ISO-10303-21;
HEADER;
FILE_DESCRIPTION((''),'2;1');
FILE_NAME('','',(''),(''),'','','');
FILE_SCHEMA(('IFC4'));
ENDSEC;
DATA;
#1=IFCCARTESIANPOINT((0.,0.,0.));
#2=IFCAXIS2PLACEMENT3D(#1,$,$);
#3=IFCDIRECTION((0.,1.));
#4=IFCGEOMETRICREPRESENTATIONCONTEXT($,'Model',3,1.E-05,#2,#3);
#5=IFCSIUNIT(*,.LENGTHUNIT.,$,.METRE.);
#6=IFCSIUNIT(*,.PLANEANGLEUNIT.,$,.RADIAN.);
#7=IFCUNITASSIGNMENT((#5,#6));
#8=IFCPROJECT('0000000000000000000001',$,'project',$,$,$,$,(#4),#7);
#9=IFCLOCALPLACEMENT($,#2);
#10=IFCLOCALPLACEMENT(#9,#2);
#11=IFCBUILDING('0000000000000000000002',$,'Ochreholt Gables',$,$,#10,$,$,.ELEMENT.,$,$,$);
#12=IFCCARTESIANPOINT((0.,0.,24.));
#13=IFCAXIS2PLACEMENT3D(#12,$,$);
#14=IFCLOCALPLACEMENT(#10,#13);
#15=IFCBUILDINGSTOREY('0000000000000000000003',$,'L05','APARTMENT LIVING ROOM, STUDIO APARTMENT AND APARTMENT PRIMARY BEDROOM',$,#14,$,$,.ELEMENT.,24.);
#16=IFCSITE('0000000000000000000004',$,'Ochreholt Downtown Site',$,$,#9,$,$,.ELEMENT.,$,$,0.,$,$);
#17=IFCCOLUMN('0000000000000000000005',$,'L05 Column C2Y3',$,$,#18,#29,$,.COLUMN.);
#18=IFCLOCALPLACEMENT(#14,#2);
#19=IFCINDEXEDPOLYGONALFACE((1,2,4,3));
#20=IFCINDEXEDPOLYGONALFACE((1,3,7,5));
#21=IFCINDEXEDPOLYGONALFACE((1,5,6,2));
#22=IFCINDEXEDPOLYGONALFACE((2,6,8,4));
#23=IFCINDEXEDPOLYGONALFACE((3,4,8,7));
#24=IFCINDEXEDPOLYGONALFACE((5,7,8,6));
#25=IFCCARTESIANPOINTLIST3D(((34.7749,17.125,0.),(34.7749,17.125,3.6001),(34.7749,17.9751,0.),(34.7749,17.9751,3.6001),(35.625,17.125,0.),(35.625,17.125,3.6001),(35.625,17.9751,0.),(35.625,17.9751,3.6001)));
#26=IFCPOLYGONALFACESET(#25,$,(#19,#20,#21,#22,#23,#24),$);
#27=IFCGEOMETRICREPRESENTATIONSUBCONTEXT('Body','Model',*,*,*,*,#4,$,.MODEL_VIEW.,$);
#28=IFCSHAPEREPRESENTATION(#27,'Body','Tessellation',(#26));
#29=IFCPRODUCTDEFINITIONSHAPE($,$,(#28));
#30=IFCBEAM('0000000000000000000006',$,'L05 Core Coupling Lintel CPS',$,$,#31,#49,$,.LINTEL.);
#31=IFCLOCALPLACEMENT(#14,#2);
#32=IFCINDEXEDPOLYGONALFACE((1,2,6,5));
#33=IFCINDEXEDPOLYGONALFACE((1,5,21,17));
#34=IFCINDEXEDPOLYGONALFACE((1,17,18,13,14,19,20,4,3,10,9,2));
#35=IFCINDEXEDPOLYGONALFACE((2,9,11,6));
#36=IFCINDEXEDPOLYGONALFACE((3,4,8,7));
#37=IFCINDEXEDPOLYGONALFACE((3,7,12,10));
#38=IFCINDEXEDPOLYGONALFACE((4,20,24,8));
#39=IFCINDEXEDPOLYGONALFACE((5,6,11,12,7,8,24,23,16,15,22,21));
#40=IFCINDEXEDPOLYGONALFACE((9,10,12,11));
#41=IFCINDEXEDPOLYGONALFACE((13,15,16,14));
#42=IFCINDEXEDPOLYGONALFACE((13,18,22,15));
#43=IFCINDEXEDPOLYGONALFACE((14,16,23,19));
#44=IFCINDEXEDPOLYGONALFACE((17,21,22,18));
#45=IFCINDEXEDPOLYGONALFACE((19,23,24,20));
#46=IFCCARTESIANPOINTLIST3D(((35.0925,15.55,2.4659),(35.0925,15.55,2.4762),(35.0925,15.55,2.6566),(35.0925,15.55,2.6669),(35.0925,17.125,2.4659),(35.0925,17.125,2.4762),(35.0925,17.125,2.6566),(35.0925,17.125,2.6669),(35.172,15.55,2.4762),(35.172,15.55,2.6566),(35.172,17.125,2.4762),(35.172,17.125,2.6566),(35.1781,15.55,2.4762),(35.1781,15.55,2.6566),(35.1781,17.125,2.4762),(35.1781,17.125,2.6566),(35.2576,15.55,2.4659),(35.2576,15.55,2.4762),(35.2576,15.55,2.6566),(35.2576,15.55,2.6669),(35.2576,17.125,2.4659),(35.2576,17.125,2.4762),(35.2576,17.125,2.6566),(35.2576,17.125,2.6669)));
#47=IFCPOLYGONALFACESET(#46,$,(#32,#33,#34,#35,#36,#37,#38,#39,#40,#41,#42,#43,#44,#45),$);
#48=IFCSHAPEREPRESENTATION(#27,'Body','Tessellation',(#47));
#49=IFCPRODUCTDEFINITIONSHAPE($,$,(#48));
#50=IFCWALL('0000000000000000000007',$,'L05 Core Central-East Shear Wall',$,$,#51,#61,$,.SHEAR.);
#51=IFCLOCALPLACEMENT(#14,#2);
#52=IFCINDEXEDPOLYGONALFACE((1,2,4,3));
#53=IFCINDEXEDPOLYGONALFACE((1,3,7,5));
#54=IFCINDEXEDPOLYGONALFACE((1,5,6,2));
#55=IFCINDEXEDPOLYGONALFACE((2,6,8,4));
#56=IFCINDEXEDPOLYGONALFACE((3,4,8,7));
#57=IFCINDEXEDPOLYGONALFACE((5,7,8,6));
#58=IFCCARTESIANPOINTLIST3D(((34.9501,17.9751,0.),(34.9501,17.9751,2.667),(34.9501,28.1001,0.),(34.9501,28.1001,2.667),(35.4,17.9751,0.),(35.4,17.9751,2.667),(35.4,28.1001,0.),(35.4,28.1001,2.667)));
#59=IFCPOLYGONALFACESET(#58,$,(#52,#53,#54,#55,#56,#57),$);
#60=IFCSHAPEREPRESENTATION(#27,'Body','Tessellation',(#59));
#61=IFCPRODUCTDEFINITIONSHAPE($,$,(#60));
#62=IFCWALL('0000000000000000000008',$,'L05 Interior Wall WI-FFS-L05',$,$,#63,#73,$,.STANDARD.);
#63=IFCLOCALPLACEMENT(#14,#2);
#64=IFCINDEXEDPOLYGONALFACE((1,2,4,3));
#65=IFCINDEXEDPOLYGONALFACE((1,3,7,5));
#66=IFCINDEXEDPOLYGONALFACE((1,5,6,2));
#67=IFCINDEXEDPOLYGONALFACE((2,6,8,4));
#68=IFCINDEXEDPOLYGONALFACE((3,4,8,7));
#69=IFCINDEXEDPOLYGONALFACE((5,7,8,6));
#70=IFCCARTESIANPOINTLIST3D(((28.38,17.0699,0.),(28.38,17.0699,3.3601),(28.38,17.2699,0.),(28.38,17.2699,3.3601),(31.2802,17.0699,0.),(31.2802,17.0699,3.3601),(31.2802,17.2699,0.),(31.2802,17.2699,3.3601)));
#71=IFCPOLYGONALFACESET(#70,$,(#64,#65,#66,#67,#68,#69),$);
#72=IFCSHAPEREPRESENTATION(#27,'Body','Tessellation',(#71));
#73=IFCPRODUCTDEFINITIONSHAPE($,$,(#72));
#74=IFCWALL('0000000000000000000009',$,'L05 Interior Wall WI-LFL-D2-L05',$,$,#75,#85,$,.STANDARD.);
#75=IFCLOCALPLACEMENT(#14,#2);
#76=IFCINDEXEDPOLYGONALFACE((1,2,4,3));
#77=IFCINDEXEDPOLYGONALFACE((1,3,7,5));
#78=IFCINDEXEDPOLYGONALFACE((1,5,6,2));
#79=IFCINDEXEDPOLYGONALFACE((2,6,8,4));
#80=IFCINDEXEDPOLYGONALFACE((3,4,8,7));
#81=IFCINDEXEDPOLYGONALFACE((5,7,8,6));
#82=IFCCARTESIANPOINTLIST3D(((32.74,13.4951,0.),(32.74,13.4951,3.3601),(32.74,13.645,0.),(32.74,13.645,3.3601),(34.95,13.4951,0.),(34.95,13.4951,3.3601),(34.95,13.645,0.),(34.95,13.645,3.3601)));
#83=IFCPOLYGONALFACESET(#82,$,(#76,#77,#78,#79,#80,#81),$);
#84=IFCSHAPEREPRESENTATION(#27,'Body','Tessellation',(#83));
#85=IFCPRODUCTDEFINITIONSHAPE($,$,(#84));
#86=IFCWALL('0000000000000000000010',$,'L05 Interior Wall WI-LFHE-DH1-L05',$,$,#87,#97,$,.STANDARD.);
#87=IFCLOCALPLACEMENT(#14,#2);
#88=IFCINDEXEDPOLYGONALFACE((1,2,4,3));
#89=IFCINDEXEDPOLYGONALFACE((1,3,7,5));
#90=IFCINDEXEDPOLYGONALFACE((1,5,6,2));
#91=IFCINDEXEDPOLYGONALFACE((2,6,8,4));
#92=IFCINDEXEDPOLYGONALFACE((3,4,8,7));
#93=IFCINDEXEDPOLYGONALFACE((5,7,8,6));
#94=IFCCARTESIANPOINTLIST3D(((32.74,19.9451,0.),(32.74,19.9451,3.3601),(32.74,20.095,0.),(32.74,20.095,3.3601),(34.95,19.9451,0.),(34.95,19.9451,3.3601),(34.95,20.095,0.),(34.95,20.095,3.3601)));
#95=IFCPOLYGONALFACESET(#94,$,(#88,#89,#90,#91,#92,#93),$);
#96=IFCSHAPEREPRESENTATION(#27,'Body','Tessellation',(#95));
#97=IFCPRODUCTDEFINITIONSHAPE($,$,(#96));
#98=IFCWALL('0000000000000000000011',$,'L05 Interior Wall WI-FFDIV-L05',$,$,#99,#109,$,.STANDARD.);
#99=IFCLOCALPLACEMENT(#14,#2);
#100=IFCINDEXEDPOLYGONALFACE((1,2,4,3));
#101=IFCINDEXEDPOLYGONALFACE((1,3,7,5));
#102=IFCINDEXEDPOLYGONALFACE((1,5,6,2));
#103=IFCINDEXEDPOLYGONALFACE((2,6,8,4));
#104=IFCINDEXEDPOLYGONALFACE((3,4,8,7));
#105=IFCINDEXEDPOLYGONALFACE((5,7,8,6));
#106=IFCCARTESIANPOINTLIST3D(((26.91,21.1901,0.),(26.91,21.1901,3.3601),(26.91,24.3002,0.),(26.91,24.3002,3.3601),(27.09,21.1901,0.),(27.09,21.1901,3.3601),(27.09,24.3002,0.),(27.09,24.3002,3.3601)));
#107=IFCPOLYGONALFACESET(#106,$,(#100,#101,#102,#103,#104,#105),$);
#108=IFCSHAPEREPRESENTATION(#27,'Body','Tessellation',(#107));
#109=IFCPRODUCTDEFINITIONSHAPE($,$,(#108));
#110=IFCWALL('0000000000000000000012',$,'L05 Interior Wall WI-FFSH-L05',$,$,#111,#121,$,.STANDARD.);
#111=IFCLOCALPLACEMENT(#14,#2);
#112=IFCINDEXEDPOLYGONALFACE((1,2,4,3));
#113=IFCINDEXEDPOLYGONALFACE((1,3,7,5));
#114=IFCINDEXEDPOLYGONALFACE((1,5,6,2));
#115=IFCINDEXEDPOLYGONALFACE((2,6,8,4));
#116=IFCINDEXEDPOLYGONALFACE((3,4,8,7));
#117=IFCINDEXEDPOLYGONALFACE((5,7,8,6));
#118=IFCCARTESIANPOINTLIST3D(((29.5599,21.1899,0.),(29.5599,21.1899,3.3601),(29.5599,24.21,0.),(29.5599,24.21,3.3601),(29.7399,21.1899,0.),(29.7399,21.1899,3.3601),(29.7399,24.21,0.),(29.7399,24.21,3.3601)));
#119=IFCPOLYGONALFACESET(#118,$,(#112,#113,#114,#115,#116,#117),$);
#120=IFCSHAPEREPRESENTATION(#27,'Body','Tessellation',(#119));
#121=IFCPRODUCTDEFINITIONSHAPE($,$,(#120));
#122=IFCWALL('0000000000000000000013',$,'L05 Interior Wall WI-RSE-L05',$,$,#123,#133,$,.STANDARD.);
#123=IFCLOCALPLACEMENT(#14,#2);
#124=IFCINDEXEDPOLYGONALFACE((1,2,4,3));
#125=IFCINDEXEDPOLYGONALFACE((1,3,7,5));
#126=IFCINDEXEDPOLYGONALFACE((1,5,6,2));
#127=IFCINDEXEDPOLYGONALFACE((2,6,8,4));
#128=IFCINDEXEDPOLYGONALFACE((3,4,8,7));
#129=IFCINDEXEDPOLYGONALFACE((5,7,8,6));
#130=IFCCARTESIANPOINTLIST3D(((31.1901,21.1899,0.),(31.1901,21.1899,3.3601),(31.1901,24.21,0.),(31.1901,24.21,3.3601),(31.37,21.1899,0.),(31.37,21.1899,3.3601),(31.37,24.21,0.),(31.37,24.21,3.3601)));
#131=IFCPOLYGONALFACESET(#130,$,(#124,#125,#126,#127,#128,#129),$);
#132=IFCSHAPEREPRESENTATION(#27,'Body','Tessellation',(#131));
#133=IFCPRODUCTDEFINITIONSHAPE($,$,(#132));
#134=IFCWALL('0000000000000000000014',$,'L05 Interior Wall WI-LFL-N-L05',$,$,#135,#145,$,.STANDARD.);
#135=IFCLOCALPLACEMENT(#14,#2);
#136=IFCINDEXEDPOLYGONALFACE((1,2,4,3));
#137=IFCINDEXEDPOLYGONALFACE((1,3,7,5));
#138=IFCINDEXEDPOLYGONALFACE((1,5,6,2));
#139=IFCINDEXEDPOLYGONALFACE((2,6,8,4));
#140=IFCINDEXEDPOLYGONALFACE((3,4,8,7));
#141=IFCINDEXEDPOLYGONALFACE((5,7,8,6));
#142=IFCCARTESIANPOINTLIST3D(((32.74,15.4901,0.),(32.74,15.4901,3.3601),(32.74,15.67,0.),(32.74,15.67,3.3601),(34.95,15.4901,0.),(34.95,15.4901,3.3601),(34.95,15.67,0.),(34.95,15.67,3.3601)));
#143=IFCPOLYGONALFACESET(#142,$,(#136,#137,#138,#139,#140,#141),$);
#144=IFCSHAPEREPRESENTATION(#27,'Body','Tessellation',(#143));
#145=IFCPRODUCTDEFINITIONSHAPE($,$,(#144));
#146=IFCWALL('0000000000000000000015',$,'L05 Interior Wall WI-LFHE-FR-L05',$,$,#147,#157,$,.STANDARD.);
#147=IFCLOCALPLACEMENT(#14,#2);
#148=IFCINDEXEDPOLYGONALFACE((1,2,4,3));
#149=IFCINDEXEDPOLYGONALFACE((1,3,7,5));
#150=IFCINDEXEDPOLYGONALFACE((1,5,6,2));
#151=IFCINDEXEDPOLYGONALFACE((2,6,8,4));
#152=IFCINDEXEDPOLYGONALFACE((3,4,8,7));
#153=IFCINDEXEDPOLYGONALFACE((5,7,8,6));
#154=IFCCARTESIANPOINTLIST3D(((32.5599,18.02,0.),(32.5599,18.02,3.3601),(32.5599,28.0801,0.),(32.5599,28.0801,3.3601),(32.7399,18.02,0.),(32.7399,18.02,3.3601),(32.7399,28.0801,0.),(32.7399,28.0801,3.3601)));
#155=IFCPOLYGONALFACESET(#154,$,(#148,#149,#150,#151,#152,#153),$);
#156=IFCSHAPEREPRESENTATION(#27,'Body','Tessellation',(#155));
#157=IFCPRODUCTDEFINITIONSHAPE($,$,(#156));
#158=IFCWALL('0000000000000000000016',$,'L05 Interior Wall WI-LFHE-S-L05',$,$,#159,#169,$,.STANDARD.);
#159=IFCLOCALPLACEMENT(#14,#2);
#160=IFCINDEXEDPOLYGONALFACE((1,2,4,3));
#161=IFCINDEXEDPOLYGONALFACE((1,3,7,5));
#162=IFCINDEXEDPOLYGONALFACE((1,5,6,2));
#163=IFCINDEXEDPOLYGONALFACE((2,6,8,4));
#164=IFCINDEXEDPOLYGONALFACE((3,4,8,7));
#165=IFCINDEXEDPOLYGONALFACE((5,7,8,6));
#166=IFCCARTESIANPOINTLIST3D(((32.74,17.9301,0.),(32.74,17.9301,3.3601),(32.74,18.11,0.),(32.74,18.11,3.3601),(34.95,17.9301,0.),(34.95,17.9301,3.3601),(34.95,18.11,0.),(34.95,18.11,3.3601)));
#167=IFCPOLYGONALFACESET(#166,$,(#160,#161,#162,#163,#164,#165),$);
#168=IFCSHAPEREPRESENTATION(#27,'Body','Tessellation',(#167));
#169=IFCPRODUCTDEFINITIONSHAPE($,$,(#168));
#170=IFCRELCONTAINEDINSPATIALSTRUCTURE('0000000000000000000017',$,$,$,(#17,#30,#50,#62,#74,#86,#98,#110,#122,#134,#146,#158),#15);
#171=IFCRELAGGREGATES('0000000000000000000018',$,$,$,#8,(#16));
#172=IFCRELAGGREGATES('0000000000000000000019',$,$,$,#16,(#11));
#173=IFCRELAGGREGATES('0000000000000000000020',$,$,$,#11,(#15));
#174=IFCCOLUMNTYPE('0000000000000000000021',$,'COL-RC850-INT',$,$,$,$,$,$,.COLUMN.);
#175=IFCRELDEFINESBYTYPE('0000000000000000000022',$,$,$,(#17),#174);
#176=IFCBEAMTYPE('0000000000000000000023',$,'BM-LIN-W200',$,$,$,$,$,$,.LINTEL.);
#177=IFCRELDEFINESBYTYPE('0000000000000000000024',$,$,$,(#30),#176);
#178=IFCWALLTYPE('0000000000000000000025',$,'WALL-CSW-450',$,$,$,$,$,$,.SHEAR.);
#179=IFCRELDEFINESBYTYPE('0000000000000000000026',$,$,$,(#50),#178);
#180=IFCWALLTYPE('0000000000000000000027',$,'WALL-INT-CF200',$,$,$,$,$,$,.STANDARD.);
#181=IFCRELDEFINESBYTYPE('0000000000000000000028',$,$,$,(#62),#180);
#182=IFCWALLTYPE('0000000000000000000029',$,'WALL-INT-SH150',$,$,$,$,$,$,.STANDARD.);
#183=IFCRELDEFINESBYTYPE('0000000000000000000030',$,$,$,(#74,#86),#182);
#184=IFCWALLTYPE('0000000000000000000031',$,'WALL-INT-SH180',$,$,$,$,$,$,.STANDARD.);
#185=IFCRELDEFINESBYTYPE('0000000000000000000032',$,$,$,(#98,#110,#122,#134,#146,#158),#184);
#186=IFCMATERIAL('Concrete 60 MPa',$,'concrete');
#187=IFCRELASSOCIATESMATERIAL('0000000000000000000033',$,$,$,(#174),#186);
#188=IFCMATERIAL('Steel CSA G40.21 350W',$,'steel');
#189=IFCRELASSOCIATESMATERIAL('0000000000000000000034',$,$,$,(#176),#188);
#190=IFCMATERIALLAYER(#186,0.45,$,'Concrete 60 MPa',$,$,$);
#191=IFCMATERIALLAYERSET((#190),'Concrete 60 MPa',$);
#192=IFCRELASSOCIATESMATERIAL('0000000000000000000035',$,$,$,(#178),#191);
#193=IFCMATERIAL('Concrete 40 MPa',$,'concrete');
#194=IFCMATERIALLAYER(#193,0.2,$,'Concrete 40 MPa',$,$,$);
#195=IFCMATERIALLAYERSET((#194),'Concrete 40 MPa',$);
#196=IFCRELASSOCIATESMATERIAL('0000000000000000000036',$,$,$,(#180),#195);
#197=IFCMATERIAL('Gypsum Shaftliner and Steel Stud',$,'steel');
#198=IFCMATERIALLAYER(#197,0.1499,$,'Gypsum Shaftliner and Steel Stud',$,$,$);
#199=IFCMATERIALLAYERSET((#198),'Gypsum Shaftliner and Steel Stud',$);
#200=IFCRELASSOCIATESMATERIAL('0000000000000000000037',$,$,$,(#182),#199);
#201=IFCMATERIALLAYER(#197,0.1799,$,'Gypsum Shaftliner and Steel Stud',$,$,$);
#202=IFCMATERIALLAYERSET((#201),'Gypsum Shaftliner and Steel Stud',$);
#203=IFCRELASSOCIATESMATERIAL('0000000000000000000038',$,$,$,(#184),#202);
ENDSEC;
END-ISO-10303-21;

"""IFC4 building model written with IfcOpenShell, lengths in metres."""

from ifc_helpers import new_model, si_unit, direction, frame, frame_2d, origin, origin_2d, place, context, subcontext, project, spatial, rectangle, i_section, extrude, material, layer, layer_set, material_profile, profile_set, type_object, element, save


model = new_model("IFC4")

# Units and contexts
model_context = context("Model", 3, precision=1e-05, world=origin(), true_north=direction((0.0, 1.0)))
body_context = subcontext(model_context, "Body", "Model", "MODEL_VIEW")
ifc_project = project(units=[si_unit("LENGTHUNIT", "METRE"), si_unit("PLANEANGLEUNIT", "RADIAN")], contexts=[model_context])

# Site, building, storey
site_placement = place(None, origin())
site = spatial("IfcSite", under=ifc_project, at=site_placement, Name="Ochreholt Downtown Site", CompositionType="ELEMENT", RefElevation=0.0)
building_placement = place(site_placement, origin())
building = spatial("IfcBuilding", under=site, at=building_placement, Name="Ochreholt Gables", CompositionType="ELEMENT")
storey_placement = place(building_placement, frame((0.0, 0.0, 24.0)))
storey = spatial("IfcBuildingStorey", under=building, at=storey_placement, Name="L05", Description="APARTMENT LIVING ROOM, STUDIO APARTMENT AND APARTMENT PRIMARY BEDROOM", CompositionType="ELEMENT", Elevation=24.0)

# Column
ifc_material_1 = material(Name="Concrete 60 MPa", Category="concrete")
ifc_material_profile_1 = material_profile(ifc_material_1, rectangle(XDim=0.8501, YDim=0.8501, at=origin_2d()), Name="RC850X850")
ifc_profile_set_1 = profile_set([ifc_material_profile_1], Name="Concrete 60 MPa")
column_type = type_object("IfcColumnType", Name="COL-RC850-INT", PredefinedType="COLUMN", material=ifc_profile_set_1)
column_placement = place(storey_placement, frame((35.2, 17.55, 0.0), z_axis=(0.0, 0.0, 1.0), x_axis=(1.0, 0.0, 0.0)))
element("IfcColumn", 1, at=column_placement, inside=storey, type_object=column_type, Name="L05 Column C2Y3", PredefinedType="COLUMN", context=body_context, shape_type="SweptSolid", body=[
    extrude(rectangle(XDim=0.8501, YDim=0.8501, at=origin_2d()), origin(), (0.0, 0.0, 1.0), 3.6001),
])

# Beam
ifc_material_2 = material(Name="Steel CSA G40.21 350W", Category="steel")
ifc_material_profile_2 = material_profile(ifc_material_2, i_section(OverallWidth=0.165, OverallDepth=0.2009, WebThickness=0.0061, FlangeThickness=0.0103, at=origin_2d()), Name="W200X36")
ifc_profile_set_2 = profile_set([ifc_material_profile_2], Name="Steel CSA G40.21 350W")
beam_type = type_object("IfcBeamType", Name="BM-LIN-W200", PredefinedType="LINTEL", material=ifc_profile_set_2)
beam_placement = place(storey_placement, frame((35.175, 15.55, 2.5664), z_axis=(0.0, 1.0, 0.0), x_axis=(-1.0, 0.0, 0.0)))
element("IfcBeam", 2, at=beam_placement, inside=storey, type_object=beam_type, Name="L05 Core Coupling Lintel CPS", PredefinedType="LINTEL", context=body_context, shape_type="SweptSolid", body=[
    extrude(i_section(OverallWidth=0.165, OverallDepth=0.2009, WebThickness=0.0061, FlangeThickness=0.0103, at=origin_2d()), origin(), (0.0, 0.0, 1.0), 1.575),
])

# Walls
ifc_layer_1 = layer(ifc_material_1, 0.45, Name="Concrete 60 MPa")
ifc_layer_set_1 = layer_set([ifc_layer_1], Name="Concrete 60 MPa")
wall_type_1 = type_object("IfcWallType", Name="WALL-CSW-450", PredefinedType="SHEAR", material=ifc_layer_set_1)
wall_1_placement = place(storey_placement, frame((35.175, 17.9751, 0.0), z_axis=(0.0, 0.0, 1.0), x_axis=(0.0, 1.0, 0.0)))
element("IfcWall", 3, at=wall_1_placement, inside=storey, type_object=wall_type_1, Name="L05 Core Central-East Shear Wall", PredefinedType="SHEAR", context=body_context, shape_type="SweptSolid", body=[
    extrude(rectangle(XDim=10.125, YDim=0.45, at=frame_2d((5.0625, 0.0))), origin(), (0.0, 0.0, 1.0), 2.667),
])
ifc_material_3 = material(Name="Concrete 40 MPa", Category="concrete")
ifc_layer_2 = layer(ifc_material_3, 0.2, Name="Concrete 40 MPa")
ifc_layer_set_2 = layer_set([ifc_layer_2], Name="Concrete 40 MPa")
wall_type_2 = type_object("IfcWallType", Name="WALL-INT-CF200", PredefinedType="STANDARD", material=ifc_layer_set_2)
wall_2_placement = place(storey_placement, frame((28.3799, 17.1699, 0.0), z_axis=(0.0, 0.0, 1.0), x_axis=(1.0, 0.0, 0.0)))
element("IfcWall", 4, at=wall_2_placement, inside=storey, type_object=wall_type_2, Name="L05 Interior Wall WI-FFS-L05", PredefinedType="STANDARD", context=body_context, shape_type="SweptSolid", body=[
    extrude(rectangle(XDim=2.9001, YDim=0.2, at=frame_2d((1.4502, 0.0))), origin(), (0.0, 0.0, 1.0), 3.3601),
])

# Walls
ifc_material_4 = material(Name="Gypsum Shaftliner and Steel Stud", Category="steel")
ifc_layer_3 = layer(ifc_material_4, 0.1499, Name="Gypsum Shaftliner and Steel Stud")
ifc_layer_set_3 = layer_set([ifc_layer_3], Name="Gypsum Shaftliner and Steel Stud")
wall_type_3 = type_object("IfcWallType", Name="WALL-INT-SH150", PredefinedType="STANDARD", material=ifc_layer_set_3)
for number, where, z_axis, x_axis, name in (
    (5, (32.74, 13.5701, 0.0), (0.0, 0.0, 1.0), (1.0, 0.0, 0.0), "L05 Interior Wall WI-LFL-D2-L05"),
    (6, (32.74, 20.02, 0.0), (0.0, 0.0, 1.0), (1.0, 0.0, 0.0), "L05 Interior Wall WI-LFHE-DH1-L05"),
):
    element("IfcWall", number, at=place(storey_placement, frame(where, z_axis=z_axis, x_axis=x_axis)), inside=storey, type_object=wall_type_3, Name=name, PredefinedType="STANDARD", context=body_context, shape_type="SweptSolid", body=[
        extrude(rectangle(XDim=2.21, YDim=0.1499, at=frame_2d((1.105, 0.0))), origin(), (0.0, 0.0, 1.0), 3.3601),
    ])
ifc_layer_4 = layer(ifc_material_4, 0.1799, Name="Gypsum Shaftliner and Steel Stud")
ifc_layer_set_4 = layer_set([ifc_layer_4], Name="Gypsum Shaftliner and Steel Stud")
wall_type_4 = type_object("IfcWallType", Name="WALL-INT-SH180", PredefinedType="STANDARD", material=ifc_layer_set_4)
wall_3_placement = place(storey_placement, frame((27.0, 21.1899, 0.0), z_axis=(0.0, 0.0, 1.0), x_axis=(0.0, 1.0, 0.0)))
element("IfcWall", 7, at=wall_3_placement, inside=storey, type_object=wall_type_4, Name="L05 Interior Wall WI-FFDIV-L05", PredefinedType="STANDARD", context=body_context, shape_type="SweptSolid", body=[
    extrude(rectangle(XDim=3.1101, YDim=0.1799, at=frame_2d((1.5552, 0.0))), origin(), (0.0, 0.0, 1.0), 3.3601),
])
for number, where, z_axis, x_axis, name in (
    (8, (29.6499, 21.1899, 0.0), (0.0, 0.0, 1.0), (0.0, 1.0, 0.0), "L05 Interior Wall WI-FFSH-L05"),
    (9, (31.28, 21.1899, 0.0), (0.0, 0.0, 1.0), (0.0, 1.0, 0.0), "L05 Interior Wall WI-RSE-L05"),
):
    element("IfcWall", number, at=place(storey_placement, frame(where, z_axis=z_axis, x_axis=x_axis)), inside=storey, type_object=wall_type_4, Name=name, PredefinedType="STANDARD", context=body_context, shape_type="SweptSolid", body=[
        extrude(rectangle(XDim=3.02, YDim=0.1799, at=frame_2d((1.51, 0.0))), origin(), (0.0, 0.0, 1.0), 3.3601),
    ])
wall_4_placement = place(storey_placement, frame((32.74, 15.5801, 0.0), z_axis=(0.0, 0.0, 1.0), x_axis=(1.0, 0.0, 0.0)))
element("IfcWall", 10, at=wall_4_placement, inside=storey, type_object=wall_type_4, Name="L05 Interior Wall WI-LFL-N-L05", PredefinedType="STANDARD", context=body_context, shape_type="SweptSolid", body=[
    extrude(rectangle(XDim=2.21, YDim=0.1799, at=frame_2d((1.105, 0.0))), origin(), (0.0, 0.0, 1.0), 3.3601),
])
wall_5_placement = place(storey_placement, frame((32.6499, 18.02, 0.0), z_axis=(0.0, 0.0, 1.0), x_axis=(0.0, 1.0, 0.0)))
element("IfcWall", 11, at=wall_5_placement, inside=storey, type_object=wall_type_4, Name="L05 Interior Wall WI-LFHE-FR-L05", PredefinedType="STANDARD", context=body_context, shape_type="SweptSolid", body=[
    extrude(rectangle(XDim=10.0601, YDim=0.1799, at=frame_2d((5.03, 0.0))), origin(), (0.0, 0.0, 1.0), 3.3601),
])
wall_6_placement = place(storey_placement, frame((32.74, 18.02, 0.0), z_axis=(0.0, 0.0, 1.0), x_axis=(1.0, 0.0, 0.0)))
element("IfcWall", 12, at=wall_6_placement, inside=storey, type_object=wall_type_4, Name="L05 Interior Wall WI-LFHE-S-L05", PredefinedType="STANDARD", context=body_context, shape_type="SweptSolid", body=[
    extrude(rectangle(XDim=2.21, YDim=0.1799, at=frame_2d((1.105, 0.0))), origin(), (0.0, 0.0, 1.0), 3.3601),
])

save(model, "model.ifc")
